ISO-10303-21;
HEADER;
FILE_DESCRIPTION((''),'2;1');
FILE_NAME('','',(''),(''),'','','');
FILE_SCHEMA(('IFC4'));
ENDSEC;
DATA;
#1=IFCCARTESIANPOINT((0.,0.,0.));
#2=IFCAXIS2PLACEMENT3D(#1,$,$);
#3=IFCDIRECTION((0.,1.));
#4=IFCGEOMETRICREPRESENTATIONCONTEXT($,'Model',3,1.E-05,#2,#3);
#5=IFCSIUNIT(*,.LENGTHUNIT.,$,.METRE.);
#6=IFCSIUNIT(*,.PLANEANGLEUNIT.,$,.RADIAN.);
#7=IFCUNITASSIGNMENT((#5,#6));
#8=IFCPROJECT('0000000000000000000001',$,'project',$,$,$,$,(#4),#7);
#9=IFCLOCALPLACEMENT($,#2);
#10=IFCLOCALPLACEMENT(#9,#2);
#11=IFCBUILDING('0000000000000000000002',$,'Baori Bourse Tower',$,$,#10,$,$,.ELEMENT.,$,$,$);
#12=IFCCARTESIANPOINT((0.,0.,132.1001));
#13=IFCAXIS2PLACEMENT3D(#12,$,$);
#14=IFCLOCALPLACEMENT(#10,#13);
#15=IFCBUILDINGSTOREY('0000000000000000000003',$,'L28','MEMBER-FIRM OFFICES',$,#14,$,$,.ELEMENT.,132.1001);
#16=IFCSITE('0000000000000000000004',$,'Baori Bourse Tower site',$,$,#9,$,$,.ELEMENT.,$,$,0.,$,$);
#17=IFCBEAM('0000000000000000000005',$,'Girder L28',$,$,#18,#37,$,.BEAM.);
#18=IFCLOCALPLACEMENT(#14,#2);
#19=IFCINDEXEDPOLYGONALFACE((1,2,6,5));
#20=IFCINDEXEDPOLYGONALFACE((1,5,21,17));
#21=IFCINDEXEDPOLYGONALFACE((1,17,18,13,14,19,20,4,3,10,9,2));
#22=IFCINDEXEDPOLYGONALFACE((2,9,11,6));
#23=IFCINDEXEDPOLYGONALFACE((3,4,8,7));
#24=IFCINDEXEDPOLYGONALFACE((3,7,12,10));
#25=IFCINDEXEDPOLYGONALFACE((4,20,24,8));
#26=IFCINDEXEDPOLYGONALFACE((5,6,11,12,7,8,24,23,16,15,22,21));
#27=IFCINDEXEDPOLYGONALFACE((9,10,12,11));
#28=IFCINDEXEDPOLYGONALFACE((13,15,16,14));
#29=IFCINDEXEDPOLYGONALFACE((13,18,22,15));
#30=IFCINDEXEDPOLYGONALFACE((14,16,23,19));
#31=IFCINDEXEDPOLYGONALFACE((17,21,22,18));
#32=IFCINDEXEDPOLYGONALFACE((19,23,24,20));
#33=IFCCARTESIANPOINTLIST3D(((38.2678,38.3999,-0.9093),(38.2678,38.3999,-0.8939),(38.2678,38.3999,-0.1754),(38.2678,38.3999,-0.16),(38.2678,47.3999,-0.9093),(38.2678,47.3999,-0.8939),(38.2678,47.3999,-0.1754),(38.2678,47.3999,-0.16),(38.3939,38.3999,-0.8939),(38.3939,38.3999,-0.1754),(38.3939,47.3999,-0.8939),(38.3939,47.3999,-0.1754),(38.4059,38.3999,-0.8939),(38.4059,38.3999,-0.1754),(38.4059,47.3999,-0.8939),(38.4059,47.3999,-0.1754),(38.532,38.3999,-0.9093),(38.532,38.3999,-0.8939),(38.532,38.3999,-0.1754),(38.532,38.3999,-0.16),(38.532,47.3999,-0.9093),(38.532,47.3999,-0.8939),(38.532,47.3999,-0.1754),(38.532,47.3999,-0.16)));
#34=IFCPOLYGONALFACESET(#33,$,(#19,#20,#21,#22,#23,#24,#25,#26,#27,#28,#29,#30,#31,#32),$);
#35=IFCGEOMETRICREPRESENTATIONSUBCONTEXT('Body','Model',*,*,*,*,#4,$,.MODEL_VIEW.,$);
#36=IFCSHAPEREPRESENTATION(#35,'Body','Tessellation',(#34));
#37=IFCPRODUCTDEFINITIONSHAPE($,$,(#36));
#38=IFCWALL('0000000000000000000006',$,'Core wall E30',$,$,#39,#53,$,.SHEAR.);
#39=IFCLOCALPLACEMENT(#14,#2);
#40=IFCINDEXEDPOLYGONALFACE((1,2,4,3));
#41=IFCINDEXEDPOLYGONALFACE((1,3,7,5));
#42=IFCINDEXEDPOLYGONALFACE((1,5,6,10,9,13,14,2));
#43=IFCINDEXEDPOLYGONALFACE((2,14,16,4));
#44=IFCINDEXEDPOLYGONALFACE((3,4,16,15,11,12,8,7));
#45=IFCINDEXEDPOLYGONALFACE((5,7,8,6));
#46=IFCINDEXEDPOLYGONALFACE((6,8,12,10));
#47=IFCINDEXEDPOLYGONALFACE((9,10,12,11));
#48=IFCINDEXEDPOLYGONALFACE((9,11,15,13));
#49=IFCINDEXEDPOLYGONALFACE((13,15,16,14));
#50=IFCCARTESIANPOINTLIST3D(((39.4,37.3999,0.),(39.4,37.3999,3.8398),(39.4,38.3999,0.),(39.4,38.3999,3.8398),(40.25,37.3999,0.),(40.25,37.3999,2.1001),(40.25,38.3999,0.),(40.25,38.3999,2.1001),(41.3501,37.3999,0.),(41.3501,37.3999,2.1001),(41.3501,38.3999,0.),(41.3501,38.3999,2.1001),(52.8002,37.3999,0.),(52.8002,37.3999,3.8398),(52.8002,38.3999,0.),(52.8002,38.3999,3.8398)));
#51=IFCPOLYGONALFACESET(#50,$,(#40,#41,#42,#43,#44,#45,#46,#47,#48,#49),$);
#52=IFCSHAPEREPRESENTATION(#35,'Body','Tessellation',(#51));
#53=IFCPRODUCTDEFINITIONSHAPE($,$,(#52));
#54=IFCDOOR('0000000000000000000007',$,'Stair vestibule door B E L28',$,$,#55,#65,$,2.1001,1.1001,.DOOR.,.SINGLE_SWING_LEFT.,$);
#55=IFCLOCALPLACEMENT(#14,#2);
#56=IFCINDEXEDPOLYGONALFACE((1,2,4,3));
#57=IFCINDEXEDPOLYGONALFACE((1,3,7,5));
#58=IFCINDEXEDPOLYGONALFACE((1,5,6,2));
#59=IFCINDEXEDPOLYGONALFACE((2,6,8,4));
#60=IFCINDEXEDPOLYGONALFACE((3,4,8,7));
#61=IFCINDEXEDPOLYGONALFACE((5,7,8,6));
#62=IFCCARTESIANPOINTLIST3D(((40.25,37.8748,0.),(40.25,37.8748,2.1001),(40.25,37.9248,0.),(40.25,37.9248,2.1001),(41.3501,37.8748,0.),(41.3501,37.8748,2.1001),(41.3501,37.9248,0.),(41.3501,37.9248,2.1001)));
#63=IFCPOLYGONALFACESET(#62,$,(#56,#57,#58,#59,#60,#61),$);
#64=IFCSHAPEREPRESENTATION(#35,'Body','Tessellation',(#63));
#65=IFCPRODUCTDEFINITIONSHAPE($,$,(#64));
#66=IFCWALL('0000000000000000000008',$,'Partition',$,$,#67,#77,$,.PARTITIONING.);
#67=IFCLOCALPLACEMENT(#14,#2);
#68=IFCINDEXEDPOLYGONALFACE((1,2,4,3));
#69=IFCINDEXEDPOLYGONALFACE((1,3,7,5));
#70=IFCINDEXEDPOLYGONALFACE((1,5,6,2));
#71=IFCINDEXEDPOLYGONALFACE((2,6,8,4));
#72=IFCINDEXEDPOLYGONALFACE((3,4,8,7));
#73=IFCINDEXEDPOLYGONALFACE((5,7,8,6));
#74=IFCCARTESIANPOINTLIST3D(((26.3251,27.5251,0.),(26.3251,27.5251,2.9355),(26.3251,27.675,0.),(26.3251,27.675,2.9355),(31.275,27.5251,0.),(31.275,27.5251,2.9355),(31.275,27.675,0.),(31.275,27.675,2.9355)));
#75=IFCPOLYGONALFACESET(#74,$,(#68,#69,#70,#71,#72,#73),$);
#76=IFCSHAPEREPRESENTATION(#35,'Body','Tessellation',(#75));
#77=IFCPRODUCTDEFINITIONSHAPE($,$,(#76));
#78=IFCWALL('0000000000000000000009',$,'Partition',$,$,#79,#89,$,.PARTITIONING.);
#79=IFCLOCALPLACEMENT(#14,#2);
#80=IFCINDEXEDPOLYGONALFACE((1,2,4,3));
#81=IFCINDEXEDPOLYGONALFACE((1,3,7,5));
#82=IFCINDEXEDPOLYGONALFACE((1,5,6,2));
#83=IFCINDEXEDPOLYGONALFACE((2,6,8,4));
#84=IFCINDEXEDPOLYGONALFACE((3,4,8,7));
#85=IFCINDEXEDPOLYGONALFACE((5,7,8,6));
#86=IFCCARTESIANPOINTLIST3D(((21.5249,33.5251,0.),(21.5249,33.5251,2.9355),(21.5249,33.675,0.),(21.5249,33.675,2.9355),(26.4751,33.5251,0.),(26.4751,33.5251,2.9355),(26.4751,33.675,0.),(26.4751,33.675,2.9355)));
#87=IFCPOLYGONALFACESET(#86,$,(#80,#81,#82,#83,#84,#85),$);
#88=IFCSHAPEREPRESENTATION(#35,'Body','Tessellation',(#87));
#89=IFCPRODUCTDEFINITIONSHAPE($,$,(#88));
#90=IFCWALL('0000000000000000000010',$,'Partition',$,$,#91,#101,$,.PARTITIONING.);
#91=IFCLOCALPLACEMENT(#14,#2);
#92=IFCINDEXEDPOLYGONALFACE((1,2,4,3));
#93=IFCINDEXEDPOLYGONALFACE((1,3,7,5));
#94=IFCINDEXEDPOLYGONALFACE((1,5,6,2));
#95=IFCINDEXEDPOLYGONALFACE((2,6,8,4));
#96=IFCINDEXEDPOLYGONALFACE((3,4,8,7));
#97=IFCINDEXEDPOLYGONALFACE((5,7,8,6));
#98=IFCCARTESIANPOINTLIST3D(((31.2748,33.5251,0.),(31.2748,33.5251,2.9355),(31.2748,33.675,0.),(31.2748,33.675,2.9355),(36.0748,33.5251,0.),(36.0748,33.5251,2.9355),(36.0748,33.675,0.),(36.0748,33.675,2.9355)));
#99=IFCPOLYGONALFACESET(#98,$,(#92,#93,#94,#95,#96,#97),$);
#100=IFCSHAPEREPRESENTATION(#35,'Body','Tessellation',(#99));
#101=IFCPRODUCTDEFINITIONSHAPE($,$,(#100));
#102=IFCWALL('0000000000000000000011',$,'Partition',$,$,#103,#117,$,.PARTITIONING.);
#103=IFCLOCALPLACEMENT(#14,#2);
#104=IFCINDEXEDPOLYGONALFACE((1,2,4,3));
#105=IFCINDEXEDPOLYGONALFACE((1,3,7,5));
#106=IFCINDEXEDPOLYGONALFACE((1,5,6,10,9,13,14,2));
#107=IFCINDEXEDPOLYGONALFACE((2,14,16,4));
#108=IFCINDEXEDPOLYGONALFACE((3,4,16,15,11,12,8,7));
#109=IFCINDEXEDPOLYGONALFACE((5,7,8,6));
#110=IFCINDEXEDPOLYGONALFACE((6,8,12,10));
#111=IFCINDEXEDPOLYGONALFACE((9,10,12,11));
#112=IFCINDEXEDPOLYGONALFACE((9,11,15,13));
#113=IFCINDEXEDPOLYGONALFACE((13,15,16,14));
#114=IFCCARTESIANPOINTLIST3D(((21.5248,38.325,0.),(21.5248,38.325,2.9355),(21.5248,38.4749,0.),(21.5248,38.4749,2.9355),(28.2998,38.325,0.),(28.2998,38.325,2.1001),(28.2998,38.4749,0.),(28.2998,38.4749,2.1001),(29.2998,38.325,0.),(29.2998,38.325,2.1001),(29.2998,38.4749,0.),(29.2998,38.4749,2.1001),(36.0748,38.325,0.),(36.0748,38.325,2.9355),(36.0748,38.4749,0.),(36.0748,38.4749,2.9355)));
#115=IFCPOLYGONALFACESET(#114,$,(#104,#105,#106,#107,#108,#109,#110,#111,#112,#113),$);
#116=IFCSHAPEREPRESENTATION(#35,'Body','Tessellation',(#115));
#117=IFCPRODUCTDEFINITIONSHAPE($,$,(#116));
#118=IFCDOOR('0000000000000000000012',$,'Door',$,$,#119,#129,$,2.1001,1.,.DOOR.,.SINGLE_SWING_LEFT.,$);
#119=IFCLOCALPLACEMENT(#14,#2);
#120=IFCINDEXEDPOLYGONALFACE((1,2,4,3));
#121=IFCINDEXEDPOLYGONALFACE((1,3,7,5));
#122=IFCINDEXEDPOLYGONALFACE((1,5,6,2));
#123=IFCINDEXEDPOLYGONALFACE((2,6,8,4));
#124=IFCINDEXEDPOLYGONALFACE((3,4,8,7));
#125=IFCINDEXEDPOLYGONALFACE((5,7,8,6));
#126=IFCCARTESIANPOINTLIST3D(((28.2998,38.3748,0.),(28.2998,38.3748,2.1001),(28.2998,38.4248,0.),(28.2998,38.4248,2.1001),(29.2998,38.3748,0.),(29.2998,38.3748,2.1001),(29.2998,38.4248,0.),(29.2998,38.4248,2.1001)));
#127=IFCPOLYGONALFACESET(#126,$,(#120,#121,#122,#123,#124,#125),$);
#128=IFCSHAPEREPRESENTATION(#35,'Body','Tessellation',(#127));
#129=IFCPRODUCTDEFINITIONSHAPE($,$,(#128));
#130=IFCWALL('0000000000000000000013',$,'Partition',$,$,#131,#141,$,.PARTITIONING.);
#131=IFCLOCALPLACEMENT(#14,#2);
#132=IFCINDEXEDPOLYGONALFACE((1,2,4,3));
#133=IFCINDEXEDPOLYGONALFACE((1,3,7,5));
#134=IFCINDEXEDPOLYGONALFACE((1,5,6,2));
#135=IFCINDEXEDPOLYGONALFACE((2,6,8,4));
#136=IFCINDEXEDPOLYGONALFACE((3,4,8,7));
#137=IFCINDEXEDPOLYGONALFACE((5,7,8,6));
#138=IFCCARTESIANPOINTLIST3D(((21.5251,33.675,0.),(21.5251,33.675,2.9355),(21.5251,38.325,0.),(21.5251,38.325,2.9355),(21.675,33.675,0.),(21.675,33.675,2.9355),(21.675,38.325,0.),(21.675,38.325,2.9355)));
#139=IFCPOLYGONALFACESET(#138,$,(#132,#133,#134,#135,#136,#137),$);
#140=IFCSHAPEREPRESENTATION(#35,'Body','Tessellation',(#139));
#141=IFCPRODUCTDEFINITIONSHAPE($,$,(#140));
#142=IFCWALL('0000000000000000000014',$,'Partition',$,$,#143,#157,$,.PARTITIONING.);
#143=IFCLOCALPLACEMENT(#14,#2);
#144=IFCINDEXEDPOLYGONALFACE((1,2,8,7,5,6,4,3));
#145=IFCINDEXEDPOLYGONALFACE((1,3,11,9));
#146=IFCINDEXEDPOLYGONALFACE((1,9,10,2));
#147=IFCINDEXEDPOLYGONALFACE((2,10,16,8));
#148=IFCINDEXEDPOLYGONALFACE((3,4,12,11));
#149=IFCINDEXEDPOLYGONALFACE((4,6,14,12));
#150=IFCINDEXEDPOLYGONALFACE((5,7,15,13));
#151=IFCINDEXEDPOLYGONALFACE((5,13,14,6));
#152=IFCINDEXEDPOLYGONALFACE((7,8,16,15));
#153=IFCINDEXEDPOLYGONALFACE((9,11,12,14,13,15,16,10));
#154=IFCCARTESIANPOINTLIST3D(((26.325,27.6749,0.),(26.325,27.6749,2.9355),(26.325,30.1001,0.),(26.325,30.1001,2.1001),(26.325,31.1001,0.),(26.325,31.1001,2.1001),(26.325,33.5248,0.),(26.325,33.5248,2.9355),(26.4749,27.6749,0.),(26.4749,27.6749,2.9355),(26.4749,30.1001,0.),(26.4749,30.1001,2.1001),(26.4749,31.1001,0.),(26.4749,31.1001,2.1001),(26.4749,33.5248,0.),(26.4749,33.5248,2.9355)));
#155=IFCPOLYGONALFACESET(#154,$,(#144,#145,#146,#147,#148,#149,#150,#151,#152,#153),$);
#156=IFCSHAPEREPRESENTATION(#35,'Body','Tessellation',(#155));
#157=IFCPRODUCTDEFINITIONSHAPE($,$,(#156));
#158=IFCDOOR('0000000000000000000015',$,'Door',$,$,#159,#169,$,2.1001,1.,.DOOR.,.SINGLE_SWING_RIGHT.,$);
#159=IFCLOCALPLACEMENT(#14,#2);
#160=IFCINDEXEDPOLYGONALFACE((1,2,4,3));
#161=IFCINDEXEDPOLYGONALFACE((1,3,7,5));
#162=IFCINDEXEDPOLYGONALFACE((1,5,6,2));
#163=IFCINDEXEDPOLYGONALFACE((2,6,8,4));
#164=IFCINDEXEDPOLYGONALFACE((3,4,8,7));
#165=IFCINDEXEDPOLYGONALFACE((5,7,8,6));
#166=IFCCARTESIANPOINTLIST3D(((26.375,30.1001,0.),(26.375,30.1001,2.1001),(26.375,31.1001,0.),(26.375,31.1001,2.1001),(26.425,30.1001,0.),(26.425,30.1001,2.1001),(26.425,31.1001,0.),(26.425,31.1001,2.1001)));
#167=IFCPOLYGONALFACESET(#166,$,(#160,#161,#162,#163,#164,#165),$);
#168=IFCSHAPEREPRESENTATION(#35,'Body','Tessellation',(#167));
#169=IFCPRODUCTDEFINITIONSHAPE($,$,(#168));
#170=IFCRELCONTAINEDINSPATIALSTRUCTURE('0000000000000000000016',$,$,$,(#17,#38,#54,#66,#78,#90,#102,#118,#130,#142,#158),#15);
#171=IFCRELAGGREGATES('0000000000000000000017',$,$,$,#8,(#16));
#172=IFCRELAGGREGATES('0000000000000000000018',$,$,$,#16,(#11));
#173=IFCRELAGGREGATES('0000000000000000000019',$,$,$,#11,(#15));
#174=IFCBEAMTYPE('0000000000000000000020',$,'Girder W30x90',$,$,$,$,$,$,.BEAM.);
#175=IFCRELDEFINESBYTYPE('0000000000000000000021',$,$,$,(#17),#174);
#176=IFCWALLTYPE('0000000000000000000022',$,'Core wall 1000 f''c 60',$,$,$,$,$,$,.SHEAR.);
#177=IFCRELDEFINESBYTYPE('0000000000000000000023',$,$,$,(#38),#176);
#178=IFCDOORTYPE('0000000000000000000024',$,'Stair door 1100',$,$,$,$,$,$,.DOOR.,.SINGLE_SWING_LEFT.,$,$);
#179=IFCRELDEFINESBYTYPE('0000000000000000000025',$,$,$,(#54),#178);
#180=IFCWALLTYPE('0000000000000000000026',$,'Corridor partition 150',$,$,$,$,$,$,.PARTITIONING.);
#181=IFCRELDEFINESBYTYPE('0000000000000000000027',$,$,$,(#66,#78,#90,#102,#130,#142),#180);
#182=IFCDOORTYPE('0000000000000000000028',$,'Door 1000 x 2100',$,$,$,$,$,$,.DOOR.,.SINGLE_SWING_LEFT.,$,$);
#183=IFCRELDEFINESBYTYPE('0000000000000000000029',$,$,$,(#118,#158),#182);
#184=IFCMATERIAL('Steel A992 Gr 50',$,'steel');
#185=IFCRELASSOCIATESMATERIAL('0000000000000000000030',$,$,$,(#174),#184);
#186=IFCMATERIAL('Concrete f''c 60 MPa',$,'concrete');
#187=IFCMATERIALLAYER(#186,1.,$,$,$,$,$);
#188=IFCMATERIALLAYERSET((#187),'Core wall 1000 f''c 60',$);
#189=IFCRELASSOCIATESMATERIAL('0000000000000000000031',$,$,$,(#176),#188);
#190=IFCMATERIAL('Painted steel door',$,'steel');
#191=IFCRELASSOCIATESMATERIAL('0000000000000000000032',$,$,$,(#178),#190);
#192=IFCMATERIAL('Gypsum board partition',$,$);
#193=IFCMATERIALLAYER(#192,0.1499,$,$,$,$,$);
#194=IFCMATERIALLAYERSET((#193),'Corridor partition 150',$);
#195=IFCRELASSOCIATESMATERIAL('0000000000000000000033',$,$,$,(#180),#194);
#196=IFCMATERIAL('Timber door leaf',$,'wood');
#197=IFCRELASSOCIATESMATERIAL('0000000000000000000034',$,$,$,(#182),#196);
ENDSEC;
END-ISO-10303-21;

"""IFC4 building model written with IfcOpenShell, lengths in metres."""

from ifc_helpers import new_model, si_unit, direction, frame, frame_2d, origin, origin_2d, place, context, subcontext, project, spatial, rectangle, i_section, extrude, material, layer, layer_set, material_profile, profile_set, type_object, element, fill, save


model = new_model("IFC4")

# Units and contexts
model_context = context("Model", 3, precision=1e-05, world=origin(), true_north=direction((0.0, 1.0)))
body_context = subcontext(model_context, "Body", "Model", "MODEL_VIEW")
ifc_project = project(units=[si_unit("LENGTHUNIT", "METRE"), si_unit("PLANEANGLEUNIT", "RADIAN")], contexts=[model_context])

# Site, building, storey
site_placement = place(None, origin())
site = spatial("IfcSite", under=ifc_project, at=site_placement, Name="Baori Bourse Tower site", CompositionType="ELEMENT", RefElevation=0.0)
building_placement = place(site_placement, origin())
building = spatial("IfcBuilding", under=site, at=building_placement, Name="Baori Bourse Tower", CompositionType="ELEMENT")
storey_placement = place(building_placement, frame((0.0, 0.0, 132.1001)))
storey = spatial("IfcBuildingStorey", under=building, at=storey_placement, Name="L28", Description="MEMBER-FIRM OFFICES", CompositionType="ELEMENT", Elevation=132.1001)

# Beam
ifc_material_1 = material(Name="Steel A992 Gr 50", Category="steel")
ifc_material_profile = material_profile(ifc_material_1, i_section(OverallWidth=0.2642, OverallDepth=0.7493, WebThickness=0.012, FlangeThickness=0.0154, at=origin_2d()), Name="W30x90")
ifc_profile_set = profile_set([ifc_material_profile], Name="Steel A992 Gr 50")
beam_type = type_object("IfcBeamType", Name="Girder W30x90", PredefinedType="BEAM", material=ifc_profile_set)
beam_placement = place(storey_placement, frame((38.3999, 38.3999, -0.5347), z_axis=(0.0, 1.0, 0.0), x_axis=(-1.0, 0.0, 0.0)))
element("IfcBeam", 1, at=beam_placement, inside=storey, type_object=beam_type, Name="Girder L28", PredefinedType="BEAM", context=body_context, shape_type="SweptSolid", body=[
    extrude(i_section(OverallWidth=0.2642, OverallDepth=0.7493, WebThickness=0.012, FlangeThickness=0.0154, at=origin_2d()), origin(), (0.0, 0.0, 1.0), 9.0),
])

# Wall, opening, door
ifc_material_2 = material(Name="Concrete f'c 60 MPa", Category="concrete")
ifc_layer_1 = layer(ifc_material_2, 1.0)
ifc_layer_set_1 = layer_set([ifc_layer_1], Name="Core wall 1000 f'c 60")
wall_type_1 = type_object("IfcWallType", Name="Core wall 1000 f'c 60", PredefinedType="SHEAR", material=ifc_layer_set_1)
wall_1_placement = place(storey_placement, frame((39.3999, 37.8999, 0.0), z_axis=(0.0, 0.0, 1.0), x_axis=(1.0, 0.0, 0.0)))
wall_1 = element("IfcWall", 2, at=wall_1_placement, inside=storey, type_object=wall_type_1, Name="Core wall E30", PredefinedType="SHEAR", context=body_context, shape_type="SweptSolid", body=[
    extrude(rectangle(XDim=13.4001, YDim=1.0, at=frame_2d((6.7002, 0.0))), origin(), (0.0, 0.0, 1.0), 3.8398),
])
opening_1_placement = place(wall_1_placement, frame((0.8501, 0.0, 0.0)))
opening_1 = element("IfcOpeningElement", 3, at=opening_1_placement, cuts=wall_1, PredefinedType="OPENING", context=body_context, shape_type="SweptSolid", body=[
    extrude(rectangle(XDim=1.1001, YDim=2.1001, at=frame_2d((0.55, 1.05))), frame((0.0, 0.51, 0.0), z_axis=(0.0, -1.0, 0.0), x_axis=(1.0, 0.0, 0.0)), (0.0, 0.0, 1.0), 1.02),
])
ifc_material_3 = material(Name="Painted steel door", Category="steel")
door_type_1 = type_object("IfcDoorType", Name="Stair door 1100", OperationType="SINGLE_SWING_LEFT", PredefinedType="DOOR", material=ifc_material_3)
door_1_placement = place(opening_1_placement, origin())
door_1 = element("IfcDoor", 4, at=door_1_placement, inside=storey, type_object=door_type_1, Name="Stair vestibule door B E L28", OperationType="SINGLE_SWING_LEFT", OverallHeight=2.1001, OverallWidth=1.1001, PredefinedType="DOOR", context=body_context, shape_type="SweptSolid", body=[
    extrude(rectangle(XDim=1.1001, YDim=2.1001, at=frame_2d((0.55, 1.05))), frame((0.0, 0.0249, 0.0), z_axis=(0.0, -1.0, 0.0), x_axis=(1.0, 0.0, 0.0)), (0.0, 0.0, 1.0), 0.05),
])
fill(opening_1, door_1)

# Walls
ifc_material_4 = material(Name="Gypsum board partition")
ifc_layer_2 = layer(ifc_material_4, 0.1499)
ifc_layer_set_2 = layer_set([ifc_layer_2], Name="Corridor partition 150")
wall_type_2 = type_object("IfcWallType", Name="Corridor partition 150", PredefinedType="PARTITIONING", material=ifc_layer_set_2)
wall_2_placement = place(storey_placement, frame((26.325, 27.6001, 0.0), z_axis=(0.0, 0.0, 1.0), x_axis=(1.0, 0.0, 0.0)))
element("IfcWall", 5, at=wall_2_placement, inside=storey, type_object=wall_type_2, Name="Partition", PredefinedType="PARTITIONING", context=body_context, shape_type="SweptSolid", body=[
    extrude(rectangle(XDim=4.95, YDim=0.1499, at=frame_2d((2.4751, 0.0))), origin(), (0.0, 0.0, 1.0), 2.9355),
])
wall_3_placement = place(storey_placement, frame((21.5249, 33.6001, 0.0), z_axis=(0.0, 0.0, 1.0), x_axis=(1.0, 0.0, 0.0)))
element("IfcWall", 6, at=wall_3_placement, inside=storey, type_object=wall_type_2, Name="Partition", PredefinedType="PARTITIONING", context=body_context, shape_type="SweptSolid", body=[
    extrude(rectangle(XDim=4.9502, YDim=0.1499, at=frame_2d((2.4751, 0.0))), origin(), (0.0, 0.0, 1.0), 2.9355),
])
wall_4_placement = place(storey_placement, frame((31.2749, 33.6001, 0.0), z_axis=(0.0, 0.0, 1.0), x_axis=(1.0, 0.0, 0.0)))
element("IfcWall", 7, at=wall_4_placement, inside=storey, type_object=wall_type_2, Name="Partition", PredefinedType="PARTITIONING", context=body_context, shape_type="SweptSolid", body=[
    extrude(rectangle(XDim=4.8, YDim=0.1499, at=frame_2d((2.3999, 0.0))), origin(), (0.0, 0.0, 1.0), 2.9355),
])

# Wall, opening, door
wall_5_placement = place(storey_placement, frame((21.5249, 38.3999, 0.0), z_axis=(0.0, 0.0, 1.0), x_axis=(1.0, 0.0, 0.0)))
wall_5 = element("IfcWall", 8, at=wall_5_placement, inside=storey, type_object=wall_type_2, Name="Partition", PredefinedType="PARTITIONING", context=body_context, shape_type="SweptSolid", body=[
    extrude(rectangle(XDim=14.55, YDim=0.1499, at=frame_2d((7.2749, 0.0))), origin(), (0.0, 0.0, 1.0), 2.9355),
])
opening_2_placement = place(wall_5_placement, frame((6.7749, 0.0, 0.0)))
opening_2 = element("IfcOpeningElement", 9, at=opening_2_placement, cuts=wall_5, PredefinedType="OPENING", context=body_context, shape_type="SweptSolid", body=[
    extrude(rectangle(XDim=1.0, YDim=2.1001, at=frame_2d((0.5, 1.05))), frame((0.0, 0.085, 0.0), z_axis=(0.0, -1.0, 0.0), x_axis=(1.0, 0.0, 0.0)), (0.0, 0.0, 1.0), 0.1699),
])
ifc_material_5 = material(Name="Timber door leaf", Category="wood")
door_type_2 = type_object("IfcDoorType", Name="Door 1000 x 2100", OperationType="SINGLE_SWING_LEFT", PredefinedType="DOOR", material=ifc_material_5)
door_2_placement = place(opening_2_placement, origin())
door_2 = element("IfcDoor", 10, at=door_2_placement, inside=storey, type_object=door_type_2, Name="Door", OperationType="SINGLE_SWING_LEFT", OverallHeight=2.1001, OverallWidth=1.0, PredefinedType="DOOR", context=body_context, shape_type="SweptSolid", body=[
    extrude(rectangle(XDim=1.0, YDim=2.1001, at=frame_2d((0.5, 1.05))), frame((0.0, 0.0249, 0.0), z_axis=(0.0, -1.0, 0.0), x_axis=(1.0, 0.0, 0.0)), (0.0, 0.0, 1.0), 0.05),
])
fill(opening_2, door_2)

# Wall
wall_6_placement = place(storey_placement, frame((21.6001, 33.675, 0.0), z_axis=(0.0, 0.0, 1.0), x_axis=(0.0, 1.0, 0.0)))
element("IfcWall", 11, at=wall_6_placement, inside=storey, type_object=wall_type_2, Name="Partition", PredefinedType="PARTITIONING", context=body_context, shape_type="SweptSolid", body=[
    extrude(rectangle(XDim=4.6499, YDim=0.1499, at=frame_2d((2.325, 0.0))), origin(), (0.0, 0.0, 1.0), 2.9355),
])

# Wall, opening, door
wall_7_placement = place(storey_placement, frame((26.3999, 27.675, 0.0), z_axis=(0.0, 0.0, 1.0), x_axis=(0.0, 1.0, 0.0)))
wall_7 = element("IfcWall", 12, at=wall_7_placement, inside=storey, type_object=wall_type_2, Name="Partition", PredefinedType="PARTITIONING", context=body_context, shape_type="SweptSolid", body=[
    extrude(rectangle(XDim=5.8499, YDim=0.1499, at=frame_2d((2.9248, 0.0))), origin(), (0.0, 0.0, 1.0), 2.9355),
])
opening_3_placement = place(wall_7_placement, frame((2.425, 0.0, 0.0)))
opening_3 = element("IfcOpeningElement", 13, at=opening_3_placement, cuts=wall_7, PredefinedType="OPENING", context=body_context, shape_type="SweptSolid", body=[
    extrude(rectangle(XDim=1.0, YDim=2.1001, at=frame_2d((0.5, 1.05))), frame((0.0, 0.085, 0.0), z_axis=(0.0, -1.0, 0.0), x_axis=(1.0, 0.0, 0.0)), (0.0, 0.0, 1.0), 0.1699),
])
door_3_placement = place(opening_3_placement, origin())
door_3 = element("IfcDoor", 14, at=door_3_placement, inside=storey, type_object=door_type_2, Name="Door", OperationType="SINGLE_SWING_RIGHT", OverallHeight=2.1001, OverallWidth=1.0, PredefinedType="DOOR", context=body_context, shape_type="SweptSolid", body=[
    extrude(rectangle(XDim=1.0, YDim=2.1001, at=frame_2d((0.5, 1.05))), frame((0.0, 0.0249, 0.0), z_axis=(0.0, -1.0, 0.0), x_axis=(1.0, 0.0, 0.0)), (0.0, 0.0, 1.0), 0.05),
])
fill(opening_3, door_3)

save(model, "model.ifc")
